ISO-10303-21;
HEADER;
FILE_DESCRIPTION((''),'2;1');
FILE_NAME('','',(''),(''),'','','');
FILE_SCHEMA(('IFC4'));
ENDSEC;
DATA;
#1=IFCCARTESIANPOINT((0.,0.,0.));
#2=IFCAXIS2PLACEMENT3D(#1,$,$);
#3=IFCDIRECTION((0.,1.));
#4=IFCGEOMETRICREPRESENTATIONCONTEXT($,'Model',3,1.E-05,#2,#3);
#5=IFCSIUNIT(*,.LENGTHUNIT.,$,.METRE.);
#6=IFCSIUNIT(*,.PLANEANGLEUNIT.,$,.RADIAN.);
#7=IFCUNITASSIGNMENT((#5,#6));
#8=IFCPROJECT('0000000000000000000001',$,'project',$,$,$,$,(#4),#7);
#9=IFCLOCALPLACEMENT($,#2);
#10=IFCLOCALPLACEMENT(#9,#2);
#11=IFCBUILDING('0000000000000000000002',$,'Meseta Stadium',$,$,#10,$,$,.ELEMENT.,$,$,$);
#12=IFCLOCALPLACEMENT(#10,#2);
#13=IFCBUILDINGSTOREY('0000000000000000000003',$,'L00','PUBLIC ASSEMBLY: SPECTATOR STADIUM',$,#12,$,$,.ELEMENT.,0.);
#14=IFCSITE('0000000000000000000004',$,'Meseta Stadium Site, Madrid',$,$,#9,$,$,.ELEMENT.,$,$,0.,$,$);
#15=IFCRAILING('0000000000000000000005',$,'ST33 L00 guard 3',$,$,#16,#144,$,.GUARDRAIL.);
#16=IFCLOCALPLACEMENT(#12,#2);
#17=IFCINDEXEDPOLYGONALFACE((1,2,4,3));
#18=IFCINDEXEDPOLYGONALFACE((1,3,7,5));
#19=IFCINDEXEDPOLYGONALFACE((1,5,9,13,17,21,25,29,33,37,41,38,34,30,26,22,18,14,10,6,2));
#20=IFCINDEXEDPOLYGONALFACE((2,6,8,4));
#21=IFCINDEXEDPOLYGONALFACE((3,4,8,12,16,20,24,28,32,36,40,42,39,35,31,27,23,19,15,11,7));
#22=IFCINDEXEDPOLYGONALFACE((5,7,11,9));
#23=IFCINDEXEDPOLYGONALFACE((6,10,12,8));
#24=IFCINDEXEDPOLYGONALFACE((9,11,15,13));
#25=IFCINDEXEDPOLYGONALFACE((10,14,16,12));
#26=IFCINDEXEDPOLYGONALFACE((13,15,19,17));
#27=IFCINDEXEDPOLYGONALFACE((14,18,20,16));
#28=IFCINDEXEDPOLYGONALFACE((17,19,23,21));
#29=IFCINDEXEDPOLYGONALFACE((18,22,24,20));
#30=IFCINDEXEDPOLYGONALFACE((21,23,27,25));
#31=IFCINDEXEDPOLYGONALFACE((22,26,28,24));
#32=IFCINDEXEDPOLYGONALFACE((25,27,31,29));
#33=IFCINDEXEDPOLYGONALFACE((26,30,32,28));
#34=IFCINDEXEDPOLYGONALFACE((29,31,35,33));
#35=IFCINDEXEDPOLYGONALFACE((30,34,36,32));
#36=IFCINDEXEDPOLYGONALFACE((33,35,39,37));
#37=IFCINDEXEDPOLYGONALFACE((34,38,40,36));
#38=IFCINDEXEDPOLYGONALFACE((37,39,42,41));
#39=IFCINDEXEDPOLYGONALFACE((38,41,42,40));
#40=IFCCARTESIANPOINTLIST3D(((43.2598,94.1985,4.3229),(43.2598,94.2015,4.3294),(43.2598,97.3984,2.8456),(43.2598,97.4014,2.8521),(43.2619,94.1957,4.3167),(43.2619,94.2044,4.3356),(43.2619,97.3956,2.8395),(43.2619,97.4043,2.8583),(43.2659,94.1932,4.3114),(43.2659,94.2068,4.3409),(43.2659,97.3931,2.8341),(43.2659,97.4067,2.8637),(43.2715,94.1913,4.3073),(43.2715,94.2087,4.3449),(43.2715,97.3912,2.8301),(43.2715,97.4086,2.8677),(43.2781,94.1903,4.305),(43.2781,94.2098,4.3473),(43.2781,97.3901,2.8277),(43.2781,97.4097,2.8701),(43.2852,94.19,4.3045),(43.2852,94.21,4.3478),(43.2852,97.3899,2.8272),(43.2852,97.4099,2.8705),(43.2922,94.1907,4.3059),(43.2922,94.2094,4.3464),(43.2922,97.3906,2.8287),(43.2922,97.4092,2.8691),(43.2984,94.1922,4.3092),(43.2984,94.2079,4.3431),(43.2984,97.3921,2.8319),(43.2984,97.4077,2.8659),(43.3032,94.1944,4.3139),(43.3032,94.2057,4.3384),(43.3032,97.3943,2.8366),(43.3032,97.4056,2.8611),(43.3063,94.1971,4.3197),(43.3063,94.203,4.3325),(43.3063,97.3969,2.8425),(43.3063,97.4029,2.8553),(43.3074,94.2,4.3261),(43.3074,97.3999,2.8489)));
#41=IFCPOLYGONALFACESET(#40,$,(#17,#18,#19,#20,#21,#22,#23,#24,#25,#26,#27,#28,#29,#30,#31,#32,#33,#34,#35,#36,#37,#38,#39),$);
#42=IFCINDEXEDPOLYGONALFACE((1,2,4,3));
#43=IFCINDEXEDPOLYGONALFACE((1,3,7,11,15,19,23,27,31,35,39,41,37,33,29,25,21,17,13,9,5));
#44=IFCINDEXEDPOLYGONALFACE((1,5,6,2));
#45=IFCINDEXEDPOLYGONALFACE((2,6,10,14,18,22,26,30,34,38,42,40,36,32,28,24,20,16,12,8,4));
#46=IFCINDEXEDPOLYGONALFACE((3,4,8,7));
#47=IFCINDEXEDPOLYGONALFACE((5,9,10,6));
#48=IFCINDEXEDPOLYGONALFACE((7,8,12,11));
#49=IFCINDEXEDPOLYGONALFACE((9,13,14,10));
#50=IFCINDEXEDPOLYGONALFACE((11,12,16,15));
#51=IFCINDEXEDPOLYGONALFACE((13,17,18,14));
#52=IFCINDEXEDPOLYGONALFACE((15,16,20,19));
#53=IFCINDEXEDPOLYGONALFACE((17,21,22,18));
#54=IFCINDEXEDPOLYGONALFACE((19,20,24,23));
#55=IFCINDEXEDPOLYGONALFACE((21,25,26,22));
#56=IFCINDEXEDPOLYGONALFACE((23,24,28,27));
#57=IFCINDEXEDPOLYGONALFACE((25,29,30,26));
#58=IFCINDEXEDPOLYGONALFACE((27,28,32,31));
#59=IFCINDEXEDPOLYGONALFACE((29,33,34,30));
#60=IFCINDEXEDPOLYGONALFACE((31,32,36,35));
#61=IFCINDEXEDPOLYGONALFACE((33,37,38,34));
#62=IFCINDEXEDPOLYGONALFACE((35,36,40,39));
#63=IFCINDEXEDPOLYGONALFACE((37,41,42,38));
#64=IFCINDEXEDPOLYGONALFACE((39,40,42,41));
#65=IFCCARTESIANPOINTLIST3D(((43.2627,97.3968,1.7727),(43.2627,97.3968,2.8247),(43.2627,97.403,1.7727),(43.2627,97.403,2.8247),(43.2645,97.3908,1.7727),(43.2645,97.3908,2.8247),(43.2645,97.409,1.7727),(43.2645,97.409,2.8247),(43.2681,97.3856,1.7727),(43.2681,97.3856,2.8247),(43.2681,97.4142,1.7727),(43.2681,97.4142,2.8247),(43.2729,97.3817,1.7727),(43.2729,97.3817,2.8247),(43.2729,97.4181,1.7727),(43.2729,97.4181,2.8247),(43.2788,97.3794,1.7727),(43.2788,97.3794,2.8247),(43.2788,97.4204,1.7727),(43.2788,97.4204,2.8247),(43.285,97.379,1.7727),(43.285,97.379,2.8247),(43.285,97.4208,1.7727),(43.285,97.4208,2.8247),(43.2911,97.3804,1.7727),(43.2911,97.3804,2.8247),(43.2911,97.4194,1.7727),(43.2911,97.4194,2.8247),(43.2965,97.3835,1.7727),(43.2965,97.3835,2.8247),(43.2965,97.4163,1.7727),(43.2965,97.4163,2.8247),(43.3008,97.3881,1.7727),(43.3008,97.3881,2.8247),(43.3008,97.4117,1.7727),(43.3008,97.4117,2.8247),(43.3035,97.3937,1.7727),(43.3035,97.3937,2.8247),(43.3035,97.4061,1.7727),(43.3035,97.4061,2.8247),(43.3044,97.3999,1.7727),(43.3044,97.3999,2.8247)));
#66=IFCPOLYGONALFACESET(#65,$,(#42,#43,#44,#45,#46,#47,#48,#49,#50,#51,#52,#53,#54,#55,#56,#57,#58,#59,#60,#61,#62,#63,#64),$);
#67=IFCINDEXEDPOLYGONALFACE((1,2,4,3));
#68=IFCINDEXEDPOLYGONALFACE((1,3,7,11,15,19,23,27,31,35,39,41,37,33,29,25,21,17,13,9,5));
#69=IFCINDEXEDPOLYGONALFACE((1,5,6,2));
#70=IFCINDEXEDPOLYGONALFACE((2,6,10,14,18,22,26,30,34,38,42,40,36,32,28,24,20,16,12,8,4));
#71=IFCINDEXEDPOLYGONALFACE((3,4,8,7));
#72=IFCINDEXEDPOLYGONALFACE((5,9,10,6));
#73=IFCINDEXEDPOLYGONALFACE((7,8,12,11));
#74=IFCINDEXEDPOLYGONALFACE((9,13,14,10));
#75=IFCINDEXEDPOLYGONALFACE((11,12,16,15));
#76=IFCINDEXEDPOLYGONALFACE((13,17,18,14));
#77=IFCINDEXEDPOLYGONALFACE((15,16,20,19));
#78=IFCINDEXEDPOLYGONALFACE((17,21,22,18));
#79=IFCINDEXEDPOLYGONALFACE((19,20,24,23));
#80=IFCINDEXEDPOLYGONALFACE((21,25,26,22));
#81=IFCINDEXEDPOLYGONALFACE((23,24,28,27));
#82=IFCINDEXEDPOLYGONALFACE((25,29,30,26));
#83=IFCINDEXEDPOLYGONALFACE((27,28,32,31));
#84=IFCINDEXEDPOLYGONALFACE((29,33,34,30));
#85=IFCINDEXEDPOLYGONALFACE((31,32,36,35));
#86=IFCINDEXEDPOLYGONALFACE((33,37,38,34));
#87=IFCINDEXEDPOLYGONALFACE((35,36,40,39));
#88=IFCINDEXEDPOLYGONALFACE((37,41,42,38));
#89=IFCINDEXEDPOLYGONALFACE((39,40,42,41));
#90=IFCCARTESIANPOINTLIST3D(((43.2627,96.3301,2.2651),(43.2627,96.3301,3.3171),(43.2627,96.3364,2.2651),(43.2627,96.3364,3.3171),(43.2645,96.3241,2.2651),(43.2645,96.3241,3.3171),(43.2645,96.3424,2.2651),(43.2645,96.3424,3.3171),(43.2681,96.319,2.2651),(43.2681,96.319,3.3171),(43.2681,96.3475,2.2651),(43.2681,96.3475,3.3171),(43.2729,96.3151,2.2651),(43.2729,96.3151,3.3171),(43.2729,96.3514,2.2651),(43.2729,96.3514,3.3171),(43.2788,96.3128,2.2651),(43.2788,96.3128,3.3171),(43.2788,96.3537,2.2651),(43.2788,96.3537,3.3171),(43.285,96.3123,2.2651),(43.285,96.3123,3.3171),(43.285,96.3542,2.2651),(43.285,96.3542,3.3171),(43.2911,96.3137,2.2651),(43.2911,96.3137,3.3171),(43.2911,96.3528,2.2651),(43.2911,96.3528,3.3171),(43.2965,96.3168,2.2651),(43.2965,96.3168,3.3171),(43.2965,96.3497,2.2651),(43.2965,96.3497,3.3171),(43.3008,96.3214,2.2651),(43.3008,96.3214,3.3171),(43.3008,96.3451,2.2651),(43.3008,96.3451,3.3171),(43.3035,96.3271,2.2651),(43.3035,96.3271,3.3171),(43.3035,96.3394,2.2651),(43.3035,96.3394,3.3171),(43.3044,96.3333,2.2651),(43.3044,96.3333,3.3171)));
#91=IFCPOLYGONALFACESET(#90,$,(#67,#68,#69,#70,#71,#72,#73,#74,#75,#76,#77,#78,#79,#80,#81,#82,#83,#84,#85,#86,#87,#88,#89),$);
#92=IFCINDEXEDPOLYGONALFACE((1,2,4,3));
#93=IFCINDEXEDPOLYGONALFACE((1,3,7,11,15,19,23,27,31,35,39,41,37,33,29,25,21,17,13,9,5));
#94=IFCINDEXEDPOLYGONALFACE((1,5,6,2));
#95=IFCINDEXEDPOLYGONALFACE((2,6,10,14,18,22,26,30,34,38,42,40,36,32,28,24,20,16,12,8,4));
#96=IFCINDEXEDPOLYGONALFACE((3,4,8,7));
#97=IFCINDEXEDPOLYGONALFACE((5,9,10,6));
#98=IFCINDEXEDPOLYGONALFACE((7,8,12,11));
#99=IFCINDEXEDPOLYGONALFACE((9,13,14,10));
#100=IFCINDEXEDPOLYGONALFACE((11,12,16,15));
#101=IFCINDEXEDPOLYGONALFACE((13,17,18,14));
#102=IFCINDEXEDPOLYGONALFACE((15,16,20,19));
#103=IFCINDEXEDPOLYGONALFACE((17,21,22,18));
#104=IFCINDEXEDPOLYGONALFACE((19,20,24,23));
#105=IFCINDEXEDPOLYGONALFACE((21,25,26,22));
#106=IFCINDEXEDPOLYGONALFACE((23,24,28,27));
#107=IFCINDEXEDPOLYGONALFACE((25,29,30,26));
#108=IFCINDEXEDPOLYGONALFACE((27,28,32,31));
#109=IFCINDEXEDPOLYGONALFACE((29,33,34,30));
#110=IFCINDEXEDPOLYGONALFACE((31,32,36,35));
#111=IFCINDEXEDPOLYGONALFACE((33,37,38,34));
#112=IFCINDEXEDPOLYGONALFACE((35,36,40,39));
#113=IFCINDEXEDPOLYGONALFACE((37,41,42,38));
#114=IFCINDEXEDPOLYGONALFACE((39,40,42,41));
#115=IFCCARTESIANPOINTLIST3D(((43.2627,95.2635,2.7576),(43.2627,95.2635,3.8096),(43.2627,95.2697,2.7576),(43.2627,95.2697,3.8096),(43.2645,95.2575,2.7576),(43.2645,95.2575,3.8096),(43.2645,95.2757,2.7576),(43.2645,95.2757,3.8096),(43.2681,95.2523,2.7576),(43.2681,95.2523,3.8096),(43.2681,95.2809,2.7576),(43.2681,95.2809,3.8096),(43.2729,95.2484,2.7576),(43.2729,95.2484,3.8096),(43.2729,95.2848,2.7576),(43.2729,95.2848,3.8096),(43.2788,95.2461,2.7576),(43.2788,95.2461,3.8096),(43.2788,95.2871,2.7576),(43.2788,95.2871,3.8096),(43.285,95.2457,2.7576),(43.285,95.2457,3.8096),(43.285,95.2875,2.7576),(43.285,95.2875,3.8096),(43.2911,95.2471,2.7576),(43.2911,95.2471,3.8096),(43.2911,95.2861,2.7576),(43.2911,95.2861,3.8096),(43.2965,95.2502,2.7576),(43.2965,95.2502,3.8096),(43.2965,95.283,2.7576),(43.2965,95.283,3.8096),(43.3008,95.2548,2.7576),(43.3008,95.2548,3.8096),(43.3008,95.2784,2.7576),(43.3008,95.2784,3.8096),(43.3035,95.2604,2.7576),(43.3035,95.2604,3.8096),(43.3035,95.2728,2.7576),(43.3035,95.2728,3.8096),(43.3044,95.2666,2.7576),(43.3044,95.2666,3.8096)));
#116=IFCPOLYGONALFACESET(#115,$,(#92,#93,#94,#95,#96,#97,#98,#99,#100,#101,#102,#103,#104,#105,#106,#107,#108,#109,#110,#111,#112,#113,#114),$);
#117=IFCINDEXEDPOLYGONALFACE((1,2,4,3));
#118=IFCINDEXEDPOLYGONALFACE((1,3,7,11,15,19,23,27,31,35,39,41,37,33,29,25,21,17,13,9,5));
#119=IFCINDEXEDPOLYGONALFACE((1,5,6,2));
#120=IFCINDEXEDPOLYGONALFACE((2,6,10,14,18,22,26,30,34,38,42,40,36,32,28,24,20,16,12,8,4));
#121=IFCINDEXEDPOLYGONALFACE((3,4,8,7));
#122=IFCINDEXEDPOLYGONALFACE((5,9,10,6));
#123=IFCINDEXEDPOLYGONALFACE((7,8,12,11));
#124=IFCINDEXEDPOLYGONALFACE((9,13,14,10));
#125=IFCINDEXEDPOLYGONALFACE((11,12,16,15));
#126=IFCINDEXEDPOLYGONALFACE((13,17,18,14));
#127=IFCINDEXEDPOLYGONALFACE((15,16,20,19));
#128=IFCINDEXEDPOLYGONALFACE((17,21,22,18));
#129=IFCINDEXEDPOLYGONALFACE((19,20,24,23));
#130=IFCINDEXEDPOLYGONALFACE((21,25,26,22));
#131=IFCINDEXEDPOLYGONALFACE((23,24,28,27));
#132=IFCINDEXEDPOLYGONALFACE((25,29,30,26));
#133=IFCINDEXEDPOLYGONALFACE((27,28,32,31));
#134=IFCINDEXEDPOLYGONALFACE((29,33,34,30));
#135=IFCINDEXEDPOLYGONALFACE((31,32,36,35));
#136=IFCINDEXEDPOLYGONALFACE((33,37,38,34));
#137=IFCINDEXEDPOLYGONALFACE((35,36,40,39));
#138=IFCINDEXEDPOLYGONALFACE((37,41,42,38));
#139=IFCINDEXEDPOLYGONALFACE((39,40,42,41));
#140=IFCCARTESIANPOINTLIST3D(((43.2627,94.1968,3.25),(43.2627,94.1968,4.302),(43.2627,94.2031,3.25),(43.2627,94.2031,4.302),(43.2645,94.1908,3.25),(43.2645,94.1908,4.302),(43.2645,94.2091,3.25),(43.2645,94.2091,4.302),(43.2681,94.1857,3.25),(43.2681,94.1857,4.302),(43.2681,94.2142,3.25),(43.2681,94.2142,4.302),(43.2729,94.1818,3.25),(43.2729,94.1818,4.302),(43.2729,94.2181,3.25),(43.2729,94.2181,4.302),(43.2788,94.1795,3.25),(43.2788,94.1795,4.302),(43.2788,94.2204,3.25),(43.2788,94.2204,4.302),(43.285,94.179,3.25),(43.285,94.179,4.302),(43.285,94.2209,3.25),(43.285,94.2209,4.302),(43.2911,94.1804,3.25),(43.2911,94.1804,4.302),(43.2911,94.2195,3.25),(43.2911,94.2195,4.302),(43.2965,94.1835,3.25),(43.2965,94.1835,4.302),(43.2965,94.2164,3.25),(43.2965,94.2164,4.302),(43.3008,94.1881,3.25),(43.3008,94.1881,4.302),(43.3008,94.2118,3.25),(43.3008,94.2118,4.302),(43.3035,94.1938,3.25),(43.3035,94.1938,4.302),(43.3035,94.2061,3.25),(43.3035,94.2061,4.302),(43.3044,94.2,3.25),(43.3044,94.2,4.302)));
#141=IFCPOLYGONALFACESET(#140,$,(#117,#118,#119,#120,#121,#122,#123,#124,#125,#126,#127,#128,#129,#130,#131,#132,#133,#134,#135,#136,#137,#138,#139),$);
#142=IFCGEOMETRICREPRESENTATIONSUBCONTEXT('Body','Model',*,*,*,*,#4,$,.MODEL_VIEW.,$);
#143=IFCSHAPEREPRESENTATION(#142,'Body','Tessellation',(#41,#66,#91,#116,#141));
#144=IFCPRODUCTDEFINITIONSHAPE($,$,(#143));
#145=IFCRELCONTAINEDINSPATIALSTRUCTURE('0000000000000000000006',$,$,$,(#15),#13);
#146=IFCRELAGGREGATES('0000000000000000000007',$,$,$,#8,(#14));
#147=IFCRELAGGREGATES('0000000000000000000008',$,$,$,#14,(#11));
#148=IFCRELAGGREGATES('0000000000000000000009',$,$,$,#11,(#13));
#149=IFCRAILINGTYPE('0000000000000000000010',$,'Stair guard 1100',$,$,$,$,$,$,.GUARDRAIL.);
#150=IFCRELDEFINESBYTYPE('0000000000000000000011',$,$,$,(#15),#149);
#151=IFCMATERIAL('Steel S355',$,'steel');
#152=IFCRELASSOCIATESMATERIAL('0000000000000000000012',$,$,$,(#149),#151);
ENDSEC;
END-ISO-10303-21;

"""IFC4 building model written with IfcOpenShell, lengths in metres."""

from ifc_helpers import new_model, si_unit, direction, frame, origin, origin_2d, place, context, subcontext, project, spatial, circle, extrude, material, type_object, element, save


model = new_model("IFC4")

# Units and contexts
model_context = context("Model", 3, precision=1e-05, world=origin(), true_north=direction((0.0, 1.0)))
body_context = subcontext(model_context, "Body", "Model", "MODEL_VIEW")
ifc_project = project(units=[si_unit("LENGTHUNIT", "METRE"), si_unit("PLANEANGLEUNIT", "RADIAN")], contexts=[model_context])

# Site, building, storey
site_placement = place(None, origin())
site = spatial("IfcSite", under=ifc_project, at=site_placement, Name="Meseta Stadium Site, Madrid", CompositionType="ELEMENT", RefElevation=0.0)
building_placement = place(site_placement, origin())
building = spatial("IfcBuilding", under=site, at=building_placement, Name="Meseta Stadium", CompositionType="ELEMENT")
storey_placement = place(building_placement, origin())
storey = spatial("IfcBuildingStorey", under=building, at=storey_placement, Name="L00", Description="PUBLIC ASSEMBLY: SPECTATOR STADIUM", CompositionType="ELEMENT", Elevation=0.0)

# Railing
ifc_material_1 = material(Name="Steel S355", Category="steel")
railing_type_1 = type_object("IfcRailingType", Name="Stair guard 1100", PredefinedType="GUARDRAIL", material=ifc_material_1)
railing_1_placement = place(storey_placement, frame((43.2834, 97.3999, 1.7727)))
element("IfcRailing", 1, at=railing_1_placement, inside=storey, type_object=railing_type_1, Name="ST33 L00 guard 3", PredefinedType="GUARDRAIL", context=body_context, shape_type="SweptSolid", body=[
    extrude(circle(Radius=0.0239, at=origin_2d()), frame((0.0, 0.0, 1.0762), z_axis=(0.0, -0.907917, 0.41915), x_axis=(1.0, 0.0, 0.0)), (0.0, 0.0, 1.0), 3.5244),
    extrude(circle(Radius=0.021, at=origin_2d()), origin(), (0.0, 0.0, 1.0), 1.052),
    extrude(circle(Radius=0.021, at=origin_2d()), frame((0.0, -1.0667, 0.4924)), (0.0, 0.0, 1.0), 1.052),
    extrude(circle(Radius=0.021, at=origin_2d()), frame((0.0, -2.1333, 0.9849)), (0.0, 0.0, 1.0), 1.052),
    extrude(circle(Radius=0.021, at=origin_2d()), frame((0.0, -3.2, 1.4773)), (0.0, 0.0, 1.0), 1.052),
])

save(model, "model.ifc")
